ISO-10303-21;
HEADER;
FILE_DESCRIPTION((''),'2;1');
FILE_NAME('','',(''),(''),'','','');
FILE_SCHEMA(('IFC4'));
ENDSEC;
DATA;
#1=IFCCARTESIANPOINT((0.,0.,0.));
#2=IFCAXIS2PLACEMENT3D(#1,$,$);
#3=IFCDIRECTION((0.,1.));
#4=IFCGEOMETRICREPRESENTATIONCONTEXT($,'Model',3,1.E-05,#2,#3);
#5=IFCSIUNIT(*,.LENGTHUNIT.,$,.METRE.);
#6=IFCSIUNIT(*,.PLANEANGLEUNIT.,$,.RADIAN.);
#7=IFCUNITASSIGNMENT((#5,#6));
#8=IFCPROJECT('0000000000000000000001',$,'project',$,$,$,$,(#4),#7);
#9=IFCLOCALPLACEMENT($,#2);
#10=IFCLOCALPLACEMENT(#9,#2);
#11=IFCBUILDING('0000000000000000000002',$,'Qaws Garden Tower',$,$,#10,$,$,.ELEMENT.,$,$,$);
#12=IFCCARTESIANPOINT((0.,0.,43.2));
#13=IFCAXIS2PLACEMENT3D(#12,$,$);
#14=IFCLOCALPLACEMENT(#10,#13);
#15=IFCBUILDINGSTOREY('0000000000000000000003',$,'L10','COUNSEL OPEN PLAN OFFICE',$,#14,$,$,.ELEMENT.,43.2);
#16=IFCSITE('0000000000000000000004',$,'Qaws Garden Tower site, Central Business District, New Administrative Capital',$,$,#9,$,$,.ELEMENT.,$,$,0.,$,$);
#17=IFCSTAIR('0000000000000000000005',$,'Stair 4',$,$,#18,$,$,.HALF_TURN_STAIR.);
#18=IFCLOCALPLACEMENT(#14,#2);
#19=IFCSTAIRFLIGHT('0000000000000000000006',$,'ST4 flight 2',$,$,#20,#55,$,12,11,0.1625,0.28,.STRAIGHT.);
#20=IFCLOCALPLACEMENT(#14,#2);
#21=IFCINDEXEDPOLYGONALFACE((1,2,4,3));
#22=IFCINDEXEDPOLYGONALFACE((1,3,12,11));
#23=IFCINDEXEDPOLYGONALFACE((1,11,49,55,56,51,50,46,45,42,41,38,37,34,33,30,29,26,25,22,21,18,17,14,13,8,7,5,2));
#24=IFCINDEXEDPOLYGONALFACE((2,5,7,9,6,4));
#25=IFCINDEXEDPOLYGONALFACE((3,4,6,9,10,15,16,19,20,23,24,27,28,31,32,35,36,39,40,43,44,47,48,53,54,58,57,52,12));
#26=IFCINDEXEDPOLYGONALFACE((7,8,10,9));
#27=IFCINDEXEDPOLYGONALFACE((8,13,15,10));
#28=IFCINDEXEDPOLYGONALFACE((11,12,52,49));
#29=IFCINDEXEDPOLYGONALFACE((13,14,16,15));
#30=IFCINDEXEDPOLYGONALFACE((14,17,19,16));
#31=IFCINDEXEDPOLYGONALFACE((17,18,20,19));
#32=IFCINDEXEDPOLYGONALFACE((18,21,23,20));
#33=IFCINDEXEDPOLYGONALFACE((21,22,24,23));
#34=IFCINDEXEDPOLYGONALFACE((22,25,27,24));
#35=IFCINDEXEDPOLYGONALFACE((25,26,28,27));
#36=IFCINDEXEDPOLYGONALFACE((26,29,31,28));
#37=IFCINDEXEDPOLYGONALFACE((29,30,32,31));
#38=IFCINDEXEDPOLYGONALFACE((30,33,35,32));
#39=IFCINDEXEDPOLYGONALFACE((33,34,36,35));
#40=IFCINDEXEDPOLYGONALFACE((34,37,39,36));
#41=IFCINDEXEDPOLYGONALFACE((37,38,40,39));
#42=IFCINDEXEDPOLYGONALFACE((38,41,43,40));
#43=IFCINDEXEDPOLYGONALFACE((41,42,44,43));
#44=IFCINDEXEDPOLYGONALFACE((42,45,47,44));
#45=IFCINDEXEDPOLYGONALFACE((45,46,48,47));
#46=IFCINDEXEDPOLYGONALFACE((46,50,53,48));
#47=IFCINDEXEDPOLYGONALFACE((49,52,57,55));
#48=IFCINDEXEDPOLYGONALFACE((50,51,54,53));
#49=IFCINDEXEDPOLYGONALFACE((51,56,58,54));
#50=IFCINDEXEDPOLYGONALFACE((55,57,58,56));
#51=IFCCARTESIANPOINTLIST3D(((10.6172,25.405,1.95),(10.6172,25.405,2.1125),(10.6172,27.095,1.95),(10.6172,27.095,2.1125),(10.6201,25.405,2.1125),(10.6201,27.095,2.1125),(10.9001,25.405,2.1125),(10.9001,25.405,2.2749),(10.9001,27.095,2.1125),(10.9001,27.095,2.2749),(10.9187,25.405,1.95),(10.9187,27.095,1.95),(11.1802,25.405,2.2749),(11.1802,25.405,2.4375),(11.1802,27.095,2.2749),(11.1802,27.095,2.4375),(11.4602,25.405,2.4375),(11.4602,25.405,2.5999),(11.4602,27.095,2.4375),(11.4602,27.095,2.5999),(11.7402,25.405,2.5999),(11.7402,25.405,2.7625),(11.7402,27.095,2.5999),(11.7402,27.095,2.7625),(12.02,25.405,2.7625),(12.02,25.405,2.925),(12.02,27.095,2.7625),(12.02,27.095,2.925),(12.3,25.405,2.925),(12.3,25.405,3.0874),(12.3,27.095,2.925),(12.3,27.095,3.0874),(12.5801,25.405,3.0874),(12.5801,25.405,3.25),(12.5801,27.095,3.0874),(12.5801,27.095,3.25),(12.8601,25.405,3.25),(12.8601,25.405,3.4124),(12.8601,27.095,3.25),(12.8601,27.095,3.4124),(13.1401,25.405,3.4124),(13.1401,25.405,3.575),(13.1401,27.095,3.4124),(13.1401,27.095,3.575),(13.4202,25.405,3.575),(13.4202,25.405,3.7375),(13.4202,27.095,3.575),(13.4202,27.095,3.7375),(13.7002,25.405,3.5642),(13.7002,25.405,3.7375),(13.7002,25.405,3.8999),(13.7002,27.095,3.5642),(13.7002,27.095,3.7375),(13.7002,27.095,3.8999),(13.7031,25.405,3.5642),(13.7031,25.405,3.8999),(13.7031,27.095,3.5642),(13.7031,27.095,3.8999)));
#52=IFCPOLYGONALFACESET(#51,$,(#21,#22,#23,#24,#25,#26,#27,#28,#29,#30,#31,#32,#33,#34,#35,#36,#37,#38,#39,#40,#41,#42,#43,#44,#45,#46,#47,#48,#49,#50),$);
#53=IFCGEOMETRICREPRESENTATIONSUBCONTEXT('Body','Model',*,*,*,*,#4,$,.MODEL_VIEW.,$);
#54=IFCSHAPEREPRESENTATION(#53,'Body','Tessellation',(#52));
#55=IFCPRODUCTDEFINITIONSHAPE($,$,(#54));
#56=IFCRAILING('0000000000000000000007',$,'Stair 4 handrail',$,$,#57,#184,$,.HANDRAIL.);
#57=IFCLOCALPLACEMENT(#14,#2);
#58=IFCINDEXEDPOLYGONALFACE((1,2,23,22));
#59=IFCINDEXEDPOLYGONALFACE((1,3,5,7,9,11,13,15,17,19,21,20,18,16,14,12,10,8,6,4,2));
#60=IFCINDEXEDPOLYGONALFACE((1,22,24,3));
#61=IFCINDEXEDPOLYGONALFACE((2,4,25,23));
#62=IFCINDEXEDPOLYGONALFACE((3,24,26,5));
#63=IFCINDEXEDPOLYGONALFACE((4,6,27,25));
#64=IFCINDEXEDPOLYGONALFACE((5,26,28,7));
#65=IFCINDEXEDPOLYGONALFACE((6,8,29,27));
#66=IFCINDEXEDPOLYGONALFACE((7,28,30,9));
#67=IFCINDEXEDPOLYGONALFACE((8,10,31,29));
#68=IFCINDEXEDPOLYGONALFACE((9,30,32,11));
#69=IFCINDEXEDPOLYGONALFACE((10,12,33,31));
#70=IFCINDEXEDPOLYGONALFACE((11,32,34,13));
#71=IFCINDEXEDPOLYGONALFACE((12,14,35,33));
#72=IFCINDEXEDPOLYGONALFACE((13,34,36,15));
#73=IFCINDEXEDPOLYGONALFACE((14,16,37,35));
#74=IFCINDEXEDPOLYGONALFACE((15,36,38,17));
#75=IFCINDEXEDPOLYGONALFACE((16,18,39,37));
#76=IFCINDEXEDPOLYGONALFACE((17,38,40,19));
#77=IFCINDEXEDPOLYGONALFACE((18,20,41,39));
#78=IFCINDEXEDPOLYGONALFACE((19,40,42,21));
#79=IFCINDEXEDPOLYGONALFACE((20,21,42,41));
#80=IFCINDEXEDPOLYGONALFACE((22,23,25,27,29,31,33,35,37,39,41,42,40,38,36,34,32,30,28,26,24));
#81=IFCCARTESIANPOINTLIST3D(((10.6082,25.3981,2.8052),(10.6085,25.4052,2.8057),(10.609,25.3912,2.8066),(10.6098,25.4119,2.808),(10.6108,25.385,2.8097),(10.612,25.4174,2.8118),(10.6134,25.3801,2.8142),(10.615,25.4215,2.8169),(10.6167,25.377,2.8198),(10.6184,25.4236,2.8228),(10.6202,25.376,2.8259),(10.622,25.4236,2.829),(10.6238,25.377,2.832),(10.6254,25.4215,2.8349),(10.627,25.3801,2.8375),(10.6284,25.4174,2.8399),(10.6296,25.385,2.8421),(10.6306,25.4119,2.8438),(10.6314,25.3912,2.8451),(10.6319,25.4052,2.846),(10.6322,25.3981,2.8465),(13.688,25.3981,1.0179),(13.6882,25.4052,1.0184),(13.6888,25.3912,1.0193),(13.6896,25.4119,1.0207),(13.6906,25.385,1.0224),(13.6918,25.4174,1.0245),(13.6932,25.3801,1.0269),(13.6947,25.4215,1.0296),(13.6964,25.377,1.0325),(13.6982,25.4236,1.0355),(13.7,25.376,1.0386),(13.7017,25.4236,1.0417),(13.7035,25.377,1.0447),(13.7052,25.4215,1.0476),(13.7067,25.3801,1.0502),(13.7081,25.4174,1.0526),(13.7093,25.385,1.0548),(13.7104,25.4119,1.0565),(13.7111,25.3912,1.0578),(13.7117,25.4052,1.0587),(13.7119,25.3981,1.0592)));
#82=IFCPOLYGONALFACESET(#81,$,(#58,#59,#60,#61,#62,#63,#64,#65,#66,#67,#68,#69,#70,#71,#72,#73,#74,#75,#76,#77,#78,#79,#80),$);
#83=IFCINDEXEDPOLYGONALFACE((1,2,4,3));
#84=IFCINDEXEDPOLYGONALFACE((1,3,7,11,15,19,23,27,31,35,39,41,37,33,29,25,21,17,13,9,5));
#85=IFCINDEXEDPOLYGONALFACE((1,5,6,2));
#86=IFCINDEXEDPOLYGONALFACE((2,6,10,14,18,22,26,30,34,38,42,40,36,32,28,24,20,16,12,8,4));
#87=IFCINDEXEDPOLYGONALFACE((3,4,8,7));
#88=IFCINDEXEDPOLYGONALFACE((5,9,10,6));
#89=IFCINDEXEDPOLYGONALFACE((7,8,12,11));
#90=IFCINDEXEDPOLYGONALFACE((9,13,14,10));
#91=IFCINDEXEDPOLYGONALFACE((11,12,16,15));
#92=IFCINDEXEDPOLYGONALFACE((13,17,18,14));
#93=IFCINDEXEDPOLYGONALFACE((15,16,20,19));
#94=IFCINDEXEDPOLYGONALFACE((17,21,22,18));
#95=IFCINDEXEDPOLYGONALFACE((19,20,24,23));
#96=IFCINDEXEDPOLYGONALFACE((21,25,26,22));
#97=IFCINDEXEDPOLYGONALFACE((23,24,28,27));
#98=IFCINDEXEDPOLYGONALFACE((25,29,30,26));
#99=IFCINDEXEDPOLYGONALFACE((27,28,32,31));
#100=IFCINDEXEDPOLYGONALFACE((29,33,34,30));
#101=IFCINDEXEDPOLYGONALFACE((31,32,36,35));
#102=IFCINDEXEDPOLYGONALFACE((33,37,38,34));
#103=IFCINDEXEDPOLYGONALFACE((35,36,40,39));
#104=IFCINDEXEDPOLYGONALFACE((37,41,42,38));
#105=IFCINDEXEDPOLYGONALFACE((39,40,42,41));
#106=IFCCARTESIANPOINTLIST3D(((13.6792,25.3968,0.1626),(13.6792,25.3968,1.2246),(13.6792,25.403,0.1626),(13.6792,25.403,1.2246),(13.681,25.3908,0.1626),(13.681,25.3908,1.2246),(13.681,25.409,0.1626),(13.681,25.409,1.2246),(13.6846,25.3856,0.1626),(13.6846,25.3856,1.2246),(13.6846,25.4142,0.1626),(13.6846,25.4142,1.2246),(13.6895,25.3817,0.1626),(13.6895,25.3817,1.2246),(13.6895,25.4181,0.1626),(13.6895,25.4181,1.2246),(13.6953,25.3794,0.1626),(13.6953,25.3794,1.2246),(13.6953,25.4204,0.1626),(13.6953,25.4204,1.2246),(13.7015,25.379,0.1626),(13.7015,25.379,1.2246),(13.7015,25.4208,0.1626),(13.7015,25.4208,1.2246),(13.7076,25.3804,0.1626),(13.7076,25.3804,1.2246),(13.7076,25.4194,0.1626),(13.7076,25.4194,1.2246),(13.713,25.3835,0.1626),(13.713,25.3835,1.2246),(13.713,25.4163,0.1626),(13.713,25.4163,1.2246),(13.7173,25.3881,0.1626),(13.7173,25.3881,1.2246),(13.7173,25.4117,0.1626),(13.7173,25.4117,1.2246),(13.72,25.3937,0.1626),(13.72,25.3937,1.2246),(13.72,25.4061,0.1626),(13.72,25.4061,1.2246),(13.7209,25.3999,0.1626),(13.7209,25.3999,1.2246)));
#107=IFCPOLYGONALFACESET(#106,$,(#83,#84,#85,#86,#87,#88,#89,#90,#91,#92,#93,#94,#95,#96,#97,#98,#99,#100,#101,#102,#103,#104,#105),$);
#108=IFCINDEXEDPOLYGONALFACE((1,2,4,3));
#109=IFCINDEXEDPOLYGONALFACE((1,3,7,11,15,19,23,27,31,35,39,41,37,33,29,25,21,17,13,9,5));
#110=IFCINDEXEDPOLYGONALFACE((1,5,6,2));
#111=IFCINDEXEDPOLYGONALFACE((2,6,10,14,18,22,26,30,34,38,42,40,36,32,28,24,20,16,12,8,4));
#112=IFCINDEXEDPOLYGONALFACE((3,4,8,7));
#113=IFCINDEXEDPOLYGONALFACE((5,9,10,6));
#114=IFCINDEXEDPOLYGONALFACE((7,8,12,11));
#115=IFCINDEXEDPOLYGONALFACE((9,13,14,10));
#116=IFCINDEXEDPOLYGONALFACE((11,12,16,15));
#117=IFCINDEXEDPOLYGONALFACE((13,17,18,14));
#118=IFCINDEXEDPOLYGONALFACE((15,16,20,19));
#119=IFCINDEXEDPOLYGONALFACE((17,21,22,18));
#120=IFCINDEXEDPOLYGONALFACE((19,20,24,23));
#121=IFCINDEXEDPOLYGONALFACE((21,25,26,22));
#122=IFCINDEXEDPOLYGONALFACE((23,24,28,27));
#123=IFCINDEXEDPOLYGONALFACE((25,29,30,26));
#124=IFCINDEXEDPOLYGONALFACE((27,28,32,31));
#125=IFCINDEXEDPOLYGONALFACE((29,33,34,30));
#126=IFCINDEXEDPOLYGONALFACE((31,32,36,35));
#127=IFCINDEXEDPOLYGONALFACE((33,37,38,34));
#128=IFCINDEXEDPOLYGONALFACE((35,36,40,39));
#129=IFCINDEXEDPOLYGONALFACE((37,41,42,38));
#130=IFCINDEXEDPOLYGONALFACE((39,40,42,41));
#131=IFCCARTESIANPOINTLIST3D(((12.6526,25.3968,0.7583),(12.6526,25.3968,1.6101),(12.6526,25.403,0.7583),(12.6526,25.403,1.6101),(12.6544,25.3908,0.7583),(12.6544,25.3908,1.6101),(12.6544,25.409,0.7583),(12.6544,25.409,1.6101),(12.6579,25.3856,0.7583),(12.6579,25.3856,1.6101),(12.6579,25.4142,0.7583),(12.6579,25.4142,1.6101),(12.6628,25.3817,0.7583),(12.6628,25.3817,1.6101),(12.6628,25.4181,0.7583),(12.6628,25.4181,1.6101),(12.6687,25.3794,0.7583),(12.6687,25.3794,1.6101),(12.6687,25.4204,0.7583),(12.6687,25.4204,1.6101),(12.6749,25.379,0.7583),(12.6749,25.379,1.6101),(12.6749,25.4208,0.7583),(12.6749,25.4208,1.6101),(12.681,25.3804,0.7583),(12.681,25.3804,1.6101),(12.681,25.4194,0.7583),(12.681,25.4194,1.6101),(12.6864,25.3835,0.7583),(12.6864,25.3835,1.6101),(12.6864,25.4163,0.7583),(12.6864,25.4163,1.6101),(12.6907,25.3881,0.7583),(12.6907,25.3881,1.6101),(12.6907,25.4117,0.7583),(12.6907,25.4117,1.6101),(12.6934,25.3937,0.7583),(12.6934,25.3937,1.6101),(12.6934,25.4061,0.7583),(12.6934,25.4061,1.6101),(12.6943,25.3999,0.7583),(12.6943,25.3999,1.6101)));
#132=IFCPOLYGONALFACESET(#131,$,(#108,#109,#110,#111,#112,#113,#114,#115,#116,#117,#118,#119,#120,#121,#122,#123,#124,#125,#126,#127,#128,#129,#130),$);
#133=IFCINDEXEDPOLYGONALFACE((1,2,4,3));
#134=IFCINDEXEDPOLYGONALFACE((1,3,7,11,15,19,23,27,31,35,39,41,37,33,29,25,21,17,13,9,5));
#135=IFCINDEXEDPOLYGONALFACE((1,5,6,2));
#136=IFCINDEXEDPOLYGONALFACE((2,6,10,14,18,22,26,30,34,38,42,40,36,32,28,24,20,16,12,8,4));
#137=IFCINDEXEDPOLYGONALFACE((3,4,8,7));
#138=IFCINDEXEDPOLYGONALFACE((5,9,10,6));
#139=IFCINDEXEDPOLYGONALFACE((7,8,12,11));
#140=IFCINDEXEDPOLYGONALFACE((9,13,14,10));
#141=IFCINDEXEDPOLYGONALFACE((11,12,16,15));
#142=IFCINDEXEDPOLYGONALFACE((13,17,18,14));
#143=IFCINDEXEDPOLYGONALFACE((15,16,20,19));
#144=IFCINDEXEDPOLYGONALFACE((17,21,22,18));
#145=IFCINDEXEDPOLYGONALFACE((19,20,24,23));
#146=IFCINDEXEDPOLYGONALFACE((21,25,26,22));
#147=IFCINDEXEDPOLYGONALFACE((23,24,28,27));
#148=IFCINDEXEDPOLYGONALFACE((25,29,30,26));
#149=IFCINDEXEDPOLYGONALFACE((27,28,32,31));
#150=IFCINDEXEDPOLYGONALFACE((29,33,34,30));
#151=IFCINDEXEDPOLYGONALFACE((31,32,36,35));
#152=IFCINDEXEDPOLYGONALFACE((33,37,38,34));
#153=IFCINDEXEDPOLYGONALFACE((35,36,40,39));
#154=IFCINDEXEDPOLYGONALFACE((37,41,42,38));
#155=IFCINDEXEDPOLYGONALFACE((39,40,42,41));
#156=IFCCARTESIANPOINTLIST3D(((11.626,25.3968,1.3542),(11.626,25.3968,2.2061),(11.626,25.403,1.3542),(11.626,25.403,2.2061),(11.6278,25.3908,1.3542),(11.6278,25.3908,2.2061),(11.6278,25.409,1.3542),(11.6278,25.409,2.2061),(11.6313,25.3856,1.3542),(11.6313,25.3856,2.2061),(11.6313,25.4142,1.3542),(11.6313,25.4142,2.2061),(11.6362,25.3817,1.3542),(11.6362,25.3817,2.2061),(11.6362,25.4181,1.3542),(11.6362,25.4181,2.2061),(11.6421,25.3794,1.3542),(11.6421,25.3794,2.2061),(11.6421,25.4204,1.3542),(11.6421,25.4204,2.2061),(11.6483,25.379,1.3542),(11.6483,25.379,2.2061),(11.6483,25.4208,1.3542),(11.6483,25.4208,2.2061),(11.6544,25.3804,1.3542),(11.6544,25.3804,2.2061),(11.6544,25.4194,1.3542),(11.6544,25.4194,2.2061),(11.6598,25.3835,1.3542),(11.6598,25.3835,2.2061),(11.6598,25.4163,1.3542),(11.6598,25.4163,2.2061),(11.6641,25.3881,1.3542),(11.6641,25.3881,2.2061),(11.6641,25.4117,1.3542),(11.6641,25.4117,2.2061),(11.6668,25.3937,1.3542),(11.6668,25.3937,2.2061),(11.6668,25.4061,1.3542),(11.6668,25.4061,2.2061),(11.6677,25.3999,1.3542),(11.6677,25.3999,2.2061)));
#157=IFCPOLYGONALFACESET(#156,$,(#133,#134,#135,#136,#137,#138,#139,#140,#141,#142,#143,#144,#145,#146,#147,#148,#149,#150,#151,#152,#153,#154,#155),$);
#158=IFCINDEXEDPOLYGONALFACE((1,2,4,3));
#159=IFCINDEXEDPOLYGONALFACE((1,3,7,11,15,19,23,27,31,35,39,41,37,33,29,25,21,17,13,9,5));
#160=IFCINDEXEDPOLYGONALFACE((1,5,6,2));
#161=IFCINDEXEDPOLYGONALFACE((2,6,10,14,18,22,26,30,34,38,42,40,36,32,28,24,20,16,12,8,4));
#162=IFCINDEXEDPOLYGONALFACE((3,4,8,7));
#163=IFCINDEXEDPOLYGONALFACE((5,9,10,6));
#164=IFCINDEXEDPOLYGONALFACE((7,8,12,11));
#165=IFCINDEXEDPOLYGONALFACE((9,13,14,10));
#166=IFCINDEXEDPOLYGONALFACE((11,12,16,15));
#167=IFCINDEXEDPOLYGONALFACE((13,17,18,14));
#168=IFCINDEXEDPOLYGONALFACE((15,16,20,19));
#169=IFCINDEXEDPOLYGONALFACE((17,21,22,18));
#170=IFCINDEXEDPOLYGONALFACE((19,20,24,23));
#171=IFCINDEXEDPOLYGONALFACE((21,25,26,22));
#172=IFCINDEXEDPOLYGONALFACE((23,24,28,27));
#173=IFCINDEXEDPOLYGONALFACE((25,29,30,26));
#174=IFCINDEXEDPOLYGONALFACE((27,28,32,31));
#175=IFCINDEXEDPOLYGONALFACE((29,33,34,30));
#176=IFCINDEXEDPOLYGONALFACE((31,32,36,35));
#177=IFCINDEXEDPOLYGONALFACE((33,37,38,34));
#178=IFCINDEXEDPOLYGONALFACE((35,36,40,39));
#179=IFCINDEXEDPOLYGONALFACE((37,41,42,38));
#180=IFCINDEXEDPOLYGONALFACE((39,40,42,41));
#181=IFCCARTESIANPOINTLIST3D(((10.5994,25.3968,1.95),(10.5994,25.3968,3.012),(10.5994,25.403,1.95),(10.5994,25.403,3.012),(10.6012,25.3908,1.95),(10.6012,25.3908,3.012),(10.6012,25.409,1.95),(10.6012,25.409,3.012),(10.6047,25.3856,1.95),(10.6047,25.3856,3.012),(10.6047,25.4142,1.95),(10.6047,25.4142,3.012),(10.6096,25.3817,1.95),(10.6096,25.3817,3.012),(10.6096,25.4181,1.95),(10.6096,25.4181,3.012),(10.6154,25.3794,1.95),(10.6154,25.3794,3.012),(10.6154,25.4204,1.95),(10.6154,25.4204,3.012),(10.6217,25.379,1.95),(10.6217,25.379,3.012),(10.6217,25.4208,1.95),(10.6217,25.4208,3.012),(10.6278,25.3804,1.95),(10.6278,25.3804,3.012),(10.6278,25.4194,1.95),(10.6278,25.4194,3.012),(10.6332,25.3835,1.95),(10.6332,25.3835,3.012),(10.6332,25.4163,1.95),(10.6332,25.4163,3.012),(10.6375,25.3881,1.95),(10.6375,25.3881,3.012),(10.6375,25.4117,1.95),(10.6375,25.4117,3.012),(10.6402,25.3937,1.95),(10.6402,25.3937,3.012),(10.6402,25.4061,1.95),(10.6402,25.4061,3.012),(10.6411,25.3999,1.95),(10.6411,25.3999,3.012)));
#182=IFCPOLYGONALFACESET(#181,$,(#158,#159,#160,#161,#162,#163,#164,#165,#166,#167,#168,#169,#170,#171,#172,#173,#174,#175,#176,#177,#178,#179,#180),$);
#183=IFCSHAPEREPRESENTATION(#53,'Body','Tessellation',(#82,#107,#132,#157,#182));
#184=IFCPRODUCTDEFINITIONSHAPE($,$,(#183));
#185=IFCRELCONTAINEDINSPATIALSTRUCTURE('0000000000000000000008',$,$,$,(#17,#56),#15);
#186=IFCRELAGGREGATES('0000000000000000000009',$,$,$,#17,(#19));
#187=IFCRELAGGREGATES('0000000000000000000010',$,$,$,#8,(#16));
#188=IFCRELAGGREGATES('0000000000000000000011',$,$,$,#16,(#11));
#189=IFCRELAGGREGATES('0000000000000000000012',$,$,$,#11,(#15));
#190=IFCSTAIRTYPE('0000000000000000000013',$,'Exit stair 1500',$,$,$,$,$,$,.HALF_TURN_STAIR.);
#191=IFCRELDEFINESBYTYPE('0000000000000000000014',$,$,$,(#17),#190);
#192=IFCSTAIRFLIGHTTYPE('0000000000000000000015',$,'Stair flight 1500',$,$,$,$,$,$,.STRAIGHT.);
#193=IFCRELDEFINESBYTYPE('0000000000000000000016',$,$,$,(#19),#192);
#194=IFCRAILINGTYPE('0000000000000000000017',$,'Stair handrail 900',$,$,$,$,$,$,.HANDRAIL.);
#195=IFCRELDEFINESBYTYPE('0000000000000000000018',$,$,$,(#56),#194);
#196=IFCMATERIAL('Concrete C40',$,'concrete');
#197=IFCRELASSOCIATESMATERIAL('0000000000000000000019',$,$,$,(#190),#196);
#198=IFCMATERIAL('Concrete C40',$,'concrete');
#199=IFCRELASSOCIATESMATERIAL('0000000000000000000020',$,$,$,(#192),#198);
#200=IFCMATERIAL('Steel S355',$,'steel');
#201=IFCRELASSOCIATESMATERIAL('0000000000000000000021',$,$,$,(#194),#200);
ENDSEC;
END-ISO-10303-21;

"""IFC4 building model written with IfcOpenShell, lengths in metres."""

from ifc_helpers import new_model, si_unit, direction, frame, origin, origin_2d, place, context, subcontext, project, spatial, polyline, circle, outline, extrude, material, type_object, element, aggregate, save


model = new_model("IFC4")

# Units and contexts
model_context = context("Model", 3, precision=1e-05, world=origin(), true_north=direction((0.0, 1.0)))
body_context = subcontext(model_context, "Body", "Model", "MODEL_VIEW")
ifc_project = project(units=[si_unit("LENGTHUNIT", "METRE"), si_unit("PLANEANGLEUNIT", "RADIAN")], contexts=[model_context])

# Site, building, storey
site_placement = place(None, origin())
site = spatial("IfcSite", under=ifc_project, at=site_placement, Name="Qaws Garden Tower site, Central Business District, New Administrative Capital", CompositionType="ELEMENT", RefElevation=0.0)
building_placement = place(site_placement, origin())
building = spatial("IfcBuilding", under=site, at=building_placement, Name="Qaws Garden Tower", CompositionType="ELEMENT")
storey_placement = place(building_placement, frame((0.0, 0.0, 43.2)))
storey = spatial("IfcBuildingStorey", under=building, at=storey_placement, Name="L10", Description="COUNSEL OPEN PLAN OFFICE", CompositionType="ELEMENT", Elevation=43.2)

# Stair, stair flight
ifc_material_1 = material(Name="Concrete C40", Category="concrete")
stair_type = type_object("IfcStairType", Name="Exit stair 1500", PredefinedType="HALF_TURN_STAIR", material=ifc_material_1)
stair_placement = place(storey_placement, origin())
stair = element("IfcStair", 1, at=stair_placement, inside=storey, type_object=stair_type, Name="Stair 4", PredefinedType="HALF_TURN_STAIR")
ifc_material_2 = material(Name="Concrete C40", Category="concrete")
stair_flight_type = type_object("IfcStairFlightType", Name="Stair flight 1500", PredefinedType="STRAIGHT", material=ifc_material_2)
stair_flight_1_placement = place(storey_placement, frame((10.6201, 26.25, 1.95), z_axis=(0.0, 0.0, 1.0), x_axis=(1.0, 0.0, 0.0)))
stair_flight_1 = element("IfcStairFlight", 2, at=stair_flight_1_placement, type_object=stair_flight_type, Name="ST4 flight 2", NumberOfRisers=12, NumberOfTreads=11, PredefinedType="STRAIGHT", RiserHeight=0.1625, TreadLength=0.28, context=body_context, shape_type="SweptSolid", body=[
    extrude(outline(polyline([(-0.0029, 0.0), (-0.0029, 0.1626), (0.0, 0.1626), (0.28, 0.1626), (0.28, 0.325), (0.5601, 0.325), (0.5601, 0.4875), (0.8401, 0.4875), (0.8401, 0.6499), (1.1201, 0.6499), (1.1201, 0.8125), (1.3999, 0.8125), (1.3999, 0.9751), (1.6799, 0.9751), (1.6799, 1.1375), (1.96, 1.1375), (1.96, 1.3), (2.24, 1.3), (2.24, 1.4624), (2.52, 1.4624), (2.52, 1.625), (2.8, 1.625), (2.8, 1.7876), (3.0801, 1.7876), (3.0801, 1.95), (3.083, 1.95), (3.083, 1.6143), (3.0801, 1.6143), (0.2986, 0.0), (-0.0029, 0.0)])), frame((0.0, 0.845, 0.0), z_axis=(0.0, -1.0, 0.0), x_axis=(1.0, 0.0, 0.0)), (0.0, 0.0, 1.0), 1.6899),
])
aggregate(stair, [stair_flight_1])

# Railing
ifc_material_3 = material(Name="Steel S355", Category="steel")
railing_type = type_object("IfcRailingType", Name="Stair handrail 900", PredefinedType="HANDRAIL", material=ifc_material_3)
railing_1_placement = place(storey_placement, frame((13.7, 25.3999, 0.1626)))
element("IfcRailing", 3, at=railing_1_placement, inside=storey, type_object=railing_type, Name="Stair 4 handrail", PredefinedType="HANDRAIL", context=body_context, shape_type="SweptSolid", body=[
    extrude(circle(Radius=0.0239, at=origin_2d()), frame((0.0, 0.0, 0.876), z_axis=(-0.864903, 0.0, 0.501939), x_axis=(0.0, -1.0, 0.0)), (0.0, 0.0, 1.0), 3.5608),
    extrude(circle(Radius=0.021, at=origin_2d()), origin(), (0.0, 0.0, 1.0), 1.062),
    extrude(circle(Radius=0.021, at=origin_2d()), frame((-1.0266, 0.0, 0.5957)), (0.0, 0.0, 1.0), 0.8518),
    extrude(circle(Radius=0.021, at=origin_2d()), frame((-2.0532, 0.0, 1.1917)), (0.0, 0.0, 1.0), 0.8518),
    extrude(circle(Radius=0.021, at=origin_2d()), frame((-3.0798, 0.0, 1.7874)), (0.0, 0.0, 1.0), 1.062),
])

save(model, "model.ifc")
